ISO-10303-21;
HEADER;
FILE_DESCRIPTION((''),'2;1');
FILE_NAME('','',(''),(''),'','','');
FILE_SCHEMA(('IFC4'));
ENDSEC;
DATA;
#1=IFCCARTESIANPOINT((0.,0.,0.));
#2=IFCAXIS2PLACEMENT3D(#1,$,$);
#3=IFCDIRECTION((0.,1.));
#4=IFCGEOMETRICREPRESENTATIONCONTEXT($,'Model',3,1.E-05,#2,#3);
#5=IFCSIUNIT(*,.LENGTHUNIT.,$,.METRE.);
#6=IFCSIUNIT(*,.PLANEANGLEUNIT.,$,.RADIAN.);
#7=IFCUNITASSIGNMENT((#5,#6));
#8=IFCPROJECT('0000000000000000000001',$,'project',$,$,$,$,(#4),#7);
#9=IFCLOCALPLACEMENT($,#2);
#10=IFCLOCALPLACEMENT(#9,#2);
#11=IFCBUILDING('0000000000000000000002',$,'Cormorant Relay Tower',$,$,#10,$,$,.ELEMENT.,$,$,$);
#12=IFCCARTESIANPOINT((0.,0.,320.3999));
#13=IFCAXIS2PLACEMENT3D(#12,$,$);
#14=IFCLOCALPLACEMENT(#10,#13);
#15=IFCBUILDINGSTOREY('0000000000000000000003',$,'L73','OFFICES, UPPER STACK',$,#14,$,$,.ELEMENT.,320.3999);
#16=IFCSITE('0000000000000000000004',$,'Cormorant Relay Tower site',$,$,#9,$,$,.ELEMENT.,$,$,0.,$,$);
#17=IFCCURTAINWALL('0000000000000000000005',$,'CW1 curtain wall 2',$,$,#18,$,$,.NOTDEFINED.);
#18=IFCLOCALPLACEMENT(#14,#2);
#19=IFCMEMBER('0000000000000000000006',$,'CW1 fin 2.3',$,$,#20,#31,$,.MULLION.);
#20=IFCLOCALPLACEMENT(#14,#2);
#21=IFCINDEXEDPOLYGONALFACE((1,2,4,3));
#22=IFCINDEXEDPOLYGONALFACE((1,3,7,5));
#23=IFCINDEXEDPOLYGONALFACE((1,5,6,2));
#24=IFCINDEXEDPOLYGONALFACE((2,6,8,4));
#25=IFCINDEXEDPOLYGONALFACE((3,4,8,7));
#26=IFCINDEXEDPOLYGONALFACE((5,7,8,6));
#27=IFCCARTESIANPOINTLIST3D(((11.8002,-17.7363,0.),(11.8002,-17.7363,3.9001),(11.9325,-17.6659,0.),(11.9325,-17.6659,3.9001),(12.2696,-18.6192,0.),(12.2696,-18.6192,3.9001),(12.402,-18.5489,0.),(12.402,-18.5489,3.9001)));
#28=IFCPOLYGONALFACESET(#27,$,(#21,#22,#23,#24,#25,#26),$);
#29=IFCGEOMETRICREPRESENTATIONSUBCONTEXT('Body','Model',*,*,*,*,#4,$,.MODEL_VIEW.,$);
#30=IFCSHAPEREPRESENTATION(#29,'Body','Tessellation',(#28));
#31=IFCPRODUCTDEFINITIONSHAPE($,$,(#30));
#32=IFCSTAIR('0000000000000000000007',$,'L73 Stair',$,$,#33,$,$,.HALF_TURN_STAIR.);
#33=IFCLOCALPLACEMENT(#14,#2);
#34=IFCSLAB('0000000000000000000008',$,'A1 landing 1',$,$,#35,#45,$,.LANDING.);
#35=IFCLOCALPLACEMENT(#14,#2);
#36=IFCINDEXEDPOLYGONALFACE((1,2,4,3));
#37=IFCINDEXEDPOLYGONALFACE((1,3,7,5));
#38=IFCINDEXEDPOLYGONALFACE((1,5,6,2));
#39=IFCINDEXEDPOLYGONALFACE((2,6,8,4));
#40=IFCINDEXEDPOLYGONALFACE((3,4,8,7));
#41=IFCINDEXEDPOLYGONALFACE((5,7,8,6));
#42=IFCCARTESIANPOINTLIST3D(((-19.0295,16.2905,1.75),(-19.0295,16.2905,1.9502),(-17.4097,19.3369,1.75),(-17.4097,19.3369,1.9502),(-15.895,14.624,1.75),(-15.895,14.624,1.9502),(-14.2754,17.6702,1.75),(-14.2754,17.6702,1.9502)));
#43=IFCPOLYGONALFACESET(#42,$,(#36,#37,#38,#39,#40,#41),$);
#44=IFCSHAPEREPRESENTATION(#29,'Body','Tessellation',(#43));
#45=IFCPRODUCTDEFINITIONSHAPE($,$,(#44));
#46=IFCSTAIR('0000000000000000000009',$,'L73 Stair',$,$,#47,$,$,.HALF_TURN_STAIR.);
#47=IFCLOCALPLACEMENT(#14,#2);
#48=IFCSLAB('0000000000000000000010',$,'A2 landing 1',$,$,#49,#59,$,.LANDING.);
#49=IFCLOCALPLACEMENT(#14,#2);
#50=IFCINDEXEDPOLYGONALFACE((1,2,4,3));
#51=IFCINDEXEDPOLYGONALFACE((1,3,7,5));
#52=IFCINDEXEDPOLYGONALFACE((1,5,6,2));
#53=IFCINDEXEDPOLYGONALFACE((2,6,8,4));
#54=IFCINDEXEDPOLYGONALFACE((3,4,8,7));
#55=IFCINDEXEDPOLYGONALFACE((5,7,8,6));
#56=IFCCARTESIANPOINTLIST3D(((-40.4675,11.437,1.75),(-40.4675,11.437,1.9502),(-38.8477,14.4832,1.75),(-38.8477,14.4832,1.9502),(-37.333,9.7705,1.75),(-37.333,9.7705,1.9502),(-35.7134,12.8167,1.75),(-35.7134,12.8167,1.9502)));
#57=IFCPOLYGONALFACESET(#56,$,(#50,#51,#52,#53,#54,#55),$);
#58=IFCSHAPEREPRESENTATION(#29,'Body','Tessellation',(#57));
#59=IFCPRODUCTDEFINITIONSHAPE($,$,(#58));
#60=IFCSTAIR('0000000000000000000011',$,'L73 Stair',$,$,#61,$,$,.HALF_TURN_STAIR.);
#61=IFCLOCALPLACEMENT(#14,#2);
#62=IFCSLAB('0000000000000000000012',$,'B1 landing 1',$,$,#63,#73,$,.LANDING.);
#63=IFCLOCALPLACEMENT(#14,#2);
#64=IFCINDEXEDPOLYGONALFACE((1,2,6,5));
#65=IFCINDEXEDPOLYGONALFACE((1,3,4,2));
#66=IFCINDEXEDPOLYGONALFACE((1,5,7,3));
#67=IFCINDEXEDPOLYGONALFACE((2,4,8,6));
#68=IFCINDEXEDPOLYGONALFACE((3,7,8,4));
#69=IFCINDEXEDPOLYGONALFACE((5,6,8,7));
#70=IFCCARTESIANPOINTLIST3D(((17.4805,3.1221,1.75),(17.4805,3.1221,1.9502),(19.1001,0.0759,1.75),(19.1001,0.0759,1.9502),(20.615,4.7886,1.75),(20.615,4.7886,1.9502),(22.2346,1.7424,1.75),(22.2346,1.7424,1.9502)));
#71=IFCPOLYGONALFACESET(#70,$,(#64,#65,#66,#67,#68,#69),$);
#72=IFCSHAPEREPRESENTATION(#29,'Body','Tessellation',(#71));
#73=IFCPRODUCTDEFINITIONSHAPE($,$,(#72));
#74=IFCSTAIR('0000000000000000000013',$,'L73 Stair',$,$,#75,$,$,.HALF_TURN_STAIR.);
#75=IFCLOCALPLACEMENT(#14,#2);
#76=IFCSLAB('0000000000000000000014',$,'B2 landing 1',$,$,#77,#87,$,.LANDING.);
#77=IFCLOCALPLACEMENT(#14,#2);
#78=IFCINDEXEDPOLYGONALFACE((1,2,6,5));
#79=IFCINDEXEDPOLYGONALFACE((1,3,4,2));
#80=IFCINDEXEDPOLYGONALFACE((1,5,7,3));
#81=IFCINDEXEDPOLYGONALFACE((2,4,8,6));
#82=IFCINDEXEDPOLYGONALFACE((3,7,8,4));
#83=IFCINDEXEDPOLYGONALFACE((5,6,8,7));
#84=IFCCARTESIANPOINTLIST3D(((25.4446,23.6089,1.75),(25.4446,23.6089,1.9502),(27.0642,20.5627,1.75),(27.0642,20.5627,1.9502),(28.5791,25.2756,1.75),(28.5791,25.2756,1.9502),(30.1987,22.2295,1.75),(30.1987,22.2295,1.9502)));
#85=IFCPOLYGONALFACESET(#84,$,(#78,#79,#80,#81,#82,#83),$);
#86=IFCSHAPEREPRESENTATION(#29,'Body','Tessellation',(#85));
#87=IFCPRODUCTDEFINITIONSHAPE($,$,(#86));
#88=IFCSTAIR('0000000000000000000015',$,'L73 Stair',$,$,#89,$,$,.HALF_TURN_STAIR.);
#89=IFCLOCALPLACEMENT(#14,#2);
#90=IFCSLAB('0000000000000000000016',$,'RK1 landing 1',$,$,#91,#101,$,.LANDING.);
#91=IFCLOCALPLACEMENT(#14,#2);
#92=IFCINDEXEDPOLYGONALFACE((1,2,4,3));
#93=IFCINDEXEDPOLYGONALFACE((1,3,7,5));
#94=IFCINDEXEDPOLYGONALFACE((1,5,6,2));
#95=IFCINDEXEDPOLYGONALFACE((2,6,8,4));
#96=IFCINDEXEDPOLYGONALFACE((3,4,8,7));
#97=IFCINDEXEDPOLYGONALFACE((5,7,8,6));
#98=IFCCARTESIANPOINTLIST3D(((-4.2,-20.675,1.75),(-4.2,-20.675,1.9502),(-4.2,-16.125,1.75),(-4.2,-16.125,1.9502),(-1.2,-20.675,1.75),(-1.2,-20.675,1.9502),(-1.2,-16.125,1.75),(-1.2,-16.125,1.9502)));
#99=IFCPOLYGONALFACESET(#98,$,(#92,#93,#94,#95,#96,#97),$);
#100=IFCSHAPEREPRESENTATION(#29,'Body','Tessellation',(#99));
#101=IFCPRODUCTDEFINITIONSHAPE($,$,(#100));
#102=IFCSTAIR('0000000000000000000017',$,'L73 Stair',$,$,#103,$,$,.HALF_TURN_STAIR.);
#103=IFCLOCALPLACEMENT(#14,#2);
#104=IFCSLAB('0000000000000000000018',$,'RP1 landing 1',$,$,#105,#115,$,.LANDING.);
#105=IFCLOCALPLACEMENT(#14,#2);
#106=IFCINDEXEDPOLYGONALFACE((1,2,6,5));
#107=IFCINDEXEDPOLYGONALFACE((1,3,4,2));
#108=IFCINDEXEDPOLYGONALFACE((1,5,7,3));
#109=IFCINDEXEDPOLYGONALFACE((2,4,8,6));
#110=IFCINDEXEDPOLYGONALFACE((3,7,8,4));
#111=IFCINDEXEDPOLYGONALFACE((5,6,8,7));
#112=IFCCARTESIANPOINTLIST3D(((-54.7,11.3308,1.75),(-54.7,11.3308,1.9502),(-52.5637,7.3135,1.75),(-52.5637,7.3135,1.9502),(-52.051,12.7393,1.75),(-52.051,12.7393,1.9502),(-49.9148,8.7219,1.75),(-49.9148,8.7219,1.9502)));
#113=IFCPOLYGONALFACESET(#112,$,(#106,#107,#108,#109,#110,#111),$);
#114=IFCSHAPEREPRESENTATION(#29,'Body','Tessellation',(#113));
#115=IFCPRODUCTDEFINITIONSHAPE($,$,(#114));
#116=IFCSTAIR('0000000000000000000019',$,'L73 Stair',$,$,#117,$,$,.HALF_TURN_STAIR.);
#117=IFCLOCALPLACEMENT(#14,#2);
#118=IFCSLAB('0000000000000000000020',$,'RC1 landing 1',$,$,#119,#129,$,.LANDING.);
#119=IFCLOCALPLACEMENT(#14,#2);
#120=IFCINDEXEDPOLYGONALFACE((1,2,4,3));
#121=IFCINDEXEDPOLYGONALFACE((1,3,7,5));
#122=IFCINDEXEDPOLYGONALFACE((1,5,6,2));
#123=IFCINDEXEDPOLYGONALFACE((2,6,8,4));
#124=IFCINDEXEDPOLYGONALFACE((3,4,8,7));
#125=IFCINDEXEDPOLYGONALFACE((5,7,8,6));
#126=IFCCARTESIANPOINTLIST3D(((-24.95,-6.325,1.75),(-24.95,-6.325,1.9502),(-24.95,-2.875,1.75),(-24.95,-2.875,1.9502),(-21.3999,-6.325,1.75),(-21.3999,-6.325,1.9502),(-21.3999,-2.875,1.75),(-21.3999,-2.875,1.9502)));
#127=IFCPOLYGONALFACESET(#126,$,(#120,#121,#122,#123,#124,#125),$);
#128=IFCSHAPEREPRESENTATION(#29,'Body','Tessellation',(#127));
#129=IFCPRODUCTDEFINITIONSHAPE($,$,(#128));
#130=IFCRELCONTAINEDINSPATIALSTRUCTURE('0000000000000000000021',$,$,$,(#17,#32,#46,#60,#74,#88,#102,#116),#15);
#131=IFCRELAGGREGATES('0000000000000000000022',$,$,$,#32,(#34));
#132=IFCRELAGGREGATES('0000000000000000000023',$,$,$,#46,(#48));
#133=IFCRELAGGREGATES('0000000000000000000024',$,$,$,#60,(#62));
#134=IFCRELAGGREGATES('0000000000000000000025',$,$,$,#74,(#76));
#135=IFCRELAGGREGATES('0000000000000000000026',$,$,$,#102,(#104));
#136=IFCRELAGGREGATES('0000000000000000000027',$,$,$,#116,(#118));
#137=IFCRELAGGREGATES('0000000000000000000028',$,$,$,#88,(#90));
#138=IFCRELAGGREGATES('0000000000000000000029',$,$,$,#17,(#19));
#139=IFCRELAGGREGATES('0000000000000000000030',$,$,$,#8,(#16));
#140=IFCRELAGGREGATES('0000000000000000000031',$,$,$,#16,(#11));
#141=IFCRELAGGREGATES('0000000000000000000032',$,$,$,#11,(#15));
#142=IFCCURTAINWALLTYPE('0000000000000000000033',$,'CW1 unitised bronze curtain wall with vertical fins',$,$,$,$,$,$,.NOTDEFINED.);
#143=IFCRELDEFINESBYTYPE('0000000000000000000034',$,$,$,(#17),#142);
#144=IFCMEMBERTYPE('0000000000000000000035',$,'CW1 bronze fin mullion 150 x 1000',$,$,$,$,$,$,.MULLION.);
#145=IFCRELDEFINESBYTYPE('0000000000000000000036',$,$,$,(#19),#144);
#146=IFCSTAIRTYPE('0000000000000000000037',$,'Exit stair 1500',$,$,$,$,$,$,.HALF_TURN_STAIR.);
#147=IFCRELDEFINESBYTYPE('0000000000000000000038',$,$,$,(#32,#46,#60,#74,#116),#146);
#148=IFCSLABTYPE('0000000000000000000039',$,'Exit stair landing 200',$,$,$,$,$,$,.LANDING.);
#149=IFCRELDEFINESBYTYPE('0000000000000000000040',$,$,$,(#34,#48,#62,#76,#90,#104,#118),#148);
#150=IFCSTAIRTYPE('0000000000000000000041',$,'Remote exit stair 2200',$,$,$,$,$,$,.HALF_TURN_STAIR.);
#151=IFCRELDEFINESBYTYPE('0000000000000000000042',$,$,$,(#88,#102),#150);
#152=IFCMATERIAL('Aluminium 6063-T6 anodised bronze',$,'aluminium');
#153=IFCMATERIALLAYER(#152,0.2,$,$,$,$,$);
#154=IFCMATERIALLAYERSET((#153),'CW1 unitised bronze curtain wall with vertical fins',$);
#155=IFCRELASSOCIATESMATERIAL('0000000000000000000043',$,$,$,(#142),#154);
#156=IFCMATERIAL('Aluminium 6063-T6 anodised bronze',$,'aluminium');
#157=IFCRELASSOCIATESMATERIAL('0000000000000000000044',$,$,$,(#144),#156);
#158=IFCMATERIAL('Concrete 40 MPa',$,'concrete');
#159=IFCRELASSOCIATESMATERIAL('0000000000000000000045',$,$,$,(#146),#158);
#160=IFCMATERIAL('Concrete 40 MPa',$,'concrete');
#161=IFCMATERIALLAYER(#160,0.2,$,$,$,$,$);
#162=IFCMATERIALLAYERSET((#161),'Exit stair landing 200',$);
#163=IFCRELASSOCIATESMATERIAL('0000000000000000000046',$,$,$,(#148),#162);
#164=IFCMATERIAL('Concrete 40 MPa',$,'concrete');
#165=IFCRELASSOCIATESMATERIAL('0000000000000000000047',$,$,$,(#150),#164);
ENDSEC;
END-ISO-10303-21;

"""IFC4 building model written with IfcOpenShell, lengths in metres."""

from ifc_helpers import new_model, si_unit, direction, frame, origin, origin_2d, place, context, subcontext, project, spatial, polyline, rectangle, outline, extrude, material, layer, layer_set, material_profile, profile_set, type_object, element, aggregate, save


model = new_model("IFC4")

# Units and contexts
model_context = context("Model", 3, precision=1e-05, world=origin(), true_north=direction((0.0, 1.0)))
body_context = subcontext(model_context, "Body", "Model", "MODEL_VIEW")
ifc_project = project(units=[si_unit("LENGTHUNIT", "METRE"), si_unit("PLANEANGLEUNIT", "RADIAN")], contexts=[model_context])

# Site, building, storey
site_placement = place(None, origin())
site = spatial("IfcSite", under=ifc_project, at=site_placement, Name="Cormorant Relay Tower site", CompositionType="ELEMENT", RefElevation=0.0)
building_placement = place(site_placement, origin())
building = spatial("IfcBuilding", under=site, at=building_placement, Name="Cormorant Relay Tower", CompositionType="ELEMENT")
storey_placement = place(building_placement, frame((0.0, 0.0, 320.3999)))
storey = spatial("IfcBuildingStorey", under=building, at=storey_placement, Name="L73", Description="OFFICES, UPPER STACK", CompositionType="ELEMENT", Elevation=320.3999)

# Curtain wall, member
ifc_material_1 = material(Name="Aluminium 6063-T6 anodised bronze", Category="aluminium")
ifc_layer_1 = layer(ifc_material_1, 0.2)
ifc_layer_set_1 = layer_set([ifc_layer_1], Name="CW1 unitised bronze curtain wall with vertical fins")
curtain_wall_type = type_object("IfcCurtainWallType", Name="CW1 unitised bronze curtain wall with vertical fins", PredefinedType="NOTDEFINED", material=ifc_layer_set_1)
curtain_wall_placement = place(storey_placement, origin())
curtain_wall = element("IfcCurtainWall", 1, at=curtain_wall_placement, inside=storey, type_object=curtain_wall_type, Name="CW1 curtain wall 2", PredefinedType="NOTDEFINED")
ifc_material_2 = material(Name="Aluminium 6063-T6 anodised bronze", Category="aluminium")
ifc_material_profile_1 = material_profile(ifc_material_2, rectangle(XDim=0.1499, YDim=1.0, at=origin_2d()), Name="AL 150x1000")
ifc_profile_set_1 = profile_set([ifc_material_profile_1], Name="Aluminium 6063-T6 anodised bronze")
member_type = type_object("IfcMemberType", Name="CW1 bronze fin mullion 150 x 1000", PredefinedType="MULLION", material=ifc_profile_set_1)
member_placement = place(storey_placement, frame((12.1011, -18.1426, 0.0), z_axis=(0.0, 0.0, 1.0), x_axis=(0.882948, 0.469472, 0.0)))
member = element("IfcMember", 2, at=member_placement, type_object=member_type, Name="CW1 fin 2.3", PredefinedType="MULLION", context=body_context, shape_type="SweptSolid", body=[
    extrude(rectangle(XDim=0.1499, YDim=1.0, at=origin_2d()), origin(), (0.0, 0.0, 1.0), 3.9001),
])

# Stairs, slabs
ifc_material_3 = material(Name="Concrete 40 MPa", Category="concrete")
stair_type_1 = type_object("IfcStairType", Name="Exit stair 1500", PredefinedType="HALF_TURN_STAIR", material=ifc_material_3)
stair_1_placement = place(storey_placement, origin())
stair_1 = element("IfcStair", 3, at=stair_1_placement, inside=storey, type_object=stair_type_1, Name="L73 Stair", PredefinedType="HALF_TURN_STAIR")
ifc_material_4 = material(Name="Concrete 40 MPa", Category="concrete")
ifc_layer_2 = layer(ifc_material_4, 0.2)
ifc_layer_set_2 = layer_set([ifc_layer_2], Name="Exit stair landing 200")
slab_type_1 = type_object("IfcSlabType", Name="Exit stair landing 200", PredefinedType="LANDING", material=ifc_layer_set_2)
slab_1_placement = place(storey_placement, frame((0.0, 0.0, 1.75)))
slab_1 = element("IfcSlab", 4, at=slab_1_placement, type_object=slab_type_1, Name="A1 landing 1", PredefinedType="LANDING", context=body_context, shape_type="SweptSolid", body=[
    extrude(outline(polyline([(-19.0295, 16.2905), (-15.895, 14.624), (-14.2754, 17.6702), (-17.4097, 19.3369), (-19.0295, 16.2905)])), origin(), (0.0, 0.0, 1.0), 0.2002),
])
aggregate(stair_1, [slab_1])
stair_2_placement = place(storey_placement, origin())
stair_2 = element("IfcStair", 5, at=stair_2_placement, inside=storey, type_object=stair_type_1, Name="L73 Stair", PredefinedType="HALF_TURN_STAIR")
slab_2_placement = place(storey_placement, frame((0.0, 0.0, 1.75)))
slab_2 = element("IfcSlab", 6, at=slab_2_placement, type_object=slab_type_1, Name="A2 landing 1", PredefinedType="LANDING", context=body_context, shape_type="SweptSolid", body=[
    extrude(outline(polyline([(-35.7134, 12.8167), (-38.8477, 14.4832), (-40.4675, 11.437), (-37.333, 9.7705), (-35.7134, 12.8167)])), origin(), (0.0, 0.0, 1.0), 0.2002),
])
aggregate(stair_2, [slab_2])
stair_3_placement = place(storey_placement, origin())
stair_3 = element("IfcStair", 7, at=stair_3_placement, inside=storey, type_object=stair_type_1, Name="L73 Stair", PredefinedType="HALF_TURN_STAIR")
slab_3_placement = place(storey_placement, frame((0.0, 0.0, 1.75)))
slab_3 = element("IfcSlab", 8, at=slab_3_placement, type_object=slab_type_1, Name="B1 landing 1", PredefinedType="LANDING", context=body_context, shape_type="SweptSolid", body=[
    extrude(outline(polyline([(20.615, 4.7886), (17.4805, 3.1221), (19.1001, 0.0759), (22.2346, 1.7424), (20.615, 4.7886)])), origin(), (0.0, 0.0, 1.0), 0.2002),
])
aggregate(stair_3, [slab_3])
stair_4_placement = place(storey_placement, origin())
stair_4 = element("IfcStair", 9, at=stair_4_placement, inside=storey, type_object=stair_type_1, Name="L73 Stair", PredefinedType="HALF_TURN_STAIR")
slab_4_placement = place(storey_placement, frame((0.0, 0.0, 1.75)))
slab_4 = element("IfcSlab", 10, at=slab_4_placement, type_object=slab_type_1, Name="B2 landing 1", PredefinedType="LANDING", context=body_context, shape_type="SweptSolid", body=[
    extrude(outline(polyline([(27.0642, 20.5627), (30.1987, 22.2295), (28.5791, 25.2756), (25.4446, 23.6089), (27.0642, 20.5627)])), origin(), (0.0, 0.0, 1.0), 0.2002),
])
aggregate(stair_4, [slab_4])
ifc_material_5 = material(Name="Concrete 40 MPa", Category="concrete")
stair_type_2 = type_object("IfcStairType", Name="Remote exit stair 2200", PredefinedType="HALF_TURN_STAIR", material=ifc_material_5)
stair_5_placement = place(storey_placement, origin())
stair_5 = element("IfcStair", 11, at=stair_5_placement, inside=storey, type_object=stair_type_2, Name="L73 Stair", PredefinedType="HALF_TURN_STAIR")
slab_5_placement = place(storey_placement, frame((0.0, 0.0, 1.75)))
slab_5 = element("IfcSlab", 12, at=slab_5_placement, type_object=slab_type_1, Name="RK1 landing 1", PredefinedType="LANDING", context=body_context, shape_type="SweptSolid", body=[
    extrude(outline(polyline([(-1.2, -16.125), (-4.2, -16.125), (-4.2, -20.675), (-1.2, -20.675), (-1.2, -16.125)])), origin(), (0.0, 0.0, 1.0), 0.2002),
])
stair_6_placement = place(storey_placement, origin())
stair_6 = element("IfcStair", 13, at=stair_6_placement, inside=storey, type_object=stair_type_2, Name="L73 Stair", PredefinedType="HALF_TURN_STAIR")
slab_6_placement = place(storey_placement, frame((0.0, 0.0, 1.75)))
slab_6 = element("IfcSlab", 14, at=slab_6_placement, type_object=slab_type_1, Name="RP1 landing 1", PredefinedType="LANDING", context=body_context, shape_type="SweptSolid", body=[
    extrude(outline(polyline([(-52.051, 12.7393), (-54.7, 11.3308), (-52.5637, 7.3135), (-49.9148, 8.7219), (-52.051, 12.7393)])), origin(), (0.0, 0.0, 1.0), 0.2002),
])
aggregate(stair_6, [slab_6])
stair_7_placement = place(storey_placement, origin())
stair_7 = element("IfcStair", 15, at=stair_7_placement, inside=storey, type_object=stair_type_1, Name="L73 Stair", PredefinedType="HALF_TURN_STAIR")
slab_7_placement = place(storey_placement, frame((0.0, 0.0, 1.75)))
slab_7 = element("IfcSlab", 16, at=slab_7_placement, type_object=slab_type_1, Name="RC1 landing 1", PredefinedType="LANDING", context=body_context, shape_type="SweptSolid", body=[
    extrude(outline(polyline([(-24.95, -6.325), (-21.3999, -6.325), (-21.3999, -2.875), (-24.95, -2.875), (-24.95, -6.325)])), origin(), (0.0, 0.0, 1.0), 0.2002),
])
aggregate(stair_7, [slab_7])

aggregate(stair_5, [slab_5])

aggregate(curtain_wall, [member])

save(model, "model.ifc")
